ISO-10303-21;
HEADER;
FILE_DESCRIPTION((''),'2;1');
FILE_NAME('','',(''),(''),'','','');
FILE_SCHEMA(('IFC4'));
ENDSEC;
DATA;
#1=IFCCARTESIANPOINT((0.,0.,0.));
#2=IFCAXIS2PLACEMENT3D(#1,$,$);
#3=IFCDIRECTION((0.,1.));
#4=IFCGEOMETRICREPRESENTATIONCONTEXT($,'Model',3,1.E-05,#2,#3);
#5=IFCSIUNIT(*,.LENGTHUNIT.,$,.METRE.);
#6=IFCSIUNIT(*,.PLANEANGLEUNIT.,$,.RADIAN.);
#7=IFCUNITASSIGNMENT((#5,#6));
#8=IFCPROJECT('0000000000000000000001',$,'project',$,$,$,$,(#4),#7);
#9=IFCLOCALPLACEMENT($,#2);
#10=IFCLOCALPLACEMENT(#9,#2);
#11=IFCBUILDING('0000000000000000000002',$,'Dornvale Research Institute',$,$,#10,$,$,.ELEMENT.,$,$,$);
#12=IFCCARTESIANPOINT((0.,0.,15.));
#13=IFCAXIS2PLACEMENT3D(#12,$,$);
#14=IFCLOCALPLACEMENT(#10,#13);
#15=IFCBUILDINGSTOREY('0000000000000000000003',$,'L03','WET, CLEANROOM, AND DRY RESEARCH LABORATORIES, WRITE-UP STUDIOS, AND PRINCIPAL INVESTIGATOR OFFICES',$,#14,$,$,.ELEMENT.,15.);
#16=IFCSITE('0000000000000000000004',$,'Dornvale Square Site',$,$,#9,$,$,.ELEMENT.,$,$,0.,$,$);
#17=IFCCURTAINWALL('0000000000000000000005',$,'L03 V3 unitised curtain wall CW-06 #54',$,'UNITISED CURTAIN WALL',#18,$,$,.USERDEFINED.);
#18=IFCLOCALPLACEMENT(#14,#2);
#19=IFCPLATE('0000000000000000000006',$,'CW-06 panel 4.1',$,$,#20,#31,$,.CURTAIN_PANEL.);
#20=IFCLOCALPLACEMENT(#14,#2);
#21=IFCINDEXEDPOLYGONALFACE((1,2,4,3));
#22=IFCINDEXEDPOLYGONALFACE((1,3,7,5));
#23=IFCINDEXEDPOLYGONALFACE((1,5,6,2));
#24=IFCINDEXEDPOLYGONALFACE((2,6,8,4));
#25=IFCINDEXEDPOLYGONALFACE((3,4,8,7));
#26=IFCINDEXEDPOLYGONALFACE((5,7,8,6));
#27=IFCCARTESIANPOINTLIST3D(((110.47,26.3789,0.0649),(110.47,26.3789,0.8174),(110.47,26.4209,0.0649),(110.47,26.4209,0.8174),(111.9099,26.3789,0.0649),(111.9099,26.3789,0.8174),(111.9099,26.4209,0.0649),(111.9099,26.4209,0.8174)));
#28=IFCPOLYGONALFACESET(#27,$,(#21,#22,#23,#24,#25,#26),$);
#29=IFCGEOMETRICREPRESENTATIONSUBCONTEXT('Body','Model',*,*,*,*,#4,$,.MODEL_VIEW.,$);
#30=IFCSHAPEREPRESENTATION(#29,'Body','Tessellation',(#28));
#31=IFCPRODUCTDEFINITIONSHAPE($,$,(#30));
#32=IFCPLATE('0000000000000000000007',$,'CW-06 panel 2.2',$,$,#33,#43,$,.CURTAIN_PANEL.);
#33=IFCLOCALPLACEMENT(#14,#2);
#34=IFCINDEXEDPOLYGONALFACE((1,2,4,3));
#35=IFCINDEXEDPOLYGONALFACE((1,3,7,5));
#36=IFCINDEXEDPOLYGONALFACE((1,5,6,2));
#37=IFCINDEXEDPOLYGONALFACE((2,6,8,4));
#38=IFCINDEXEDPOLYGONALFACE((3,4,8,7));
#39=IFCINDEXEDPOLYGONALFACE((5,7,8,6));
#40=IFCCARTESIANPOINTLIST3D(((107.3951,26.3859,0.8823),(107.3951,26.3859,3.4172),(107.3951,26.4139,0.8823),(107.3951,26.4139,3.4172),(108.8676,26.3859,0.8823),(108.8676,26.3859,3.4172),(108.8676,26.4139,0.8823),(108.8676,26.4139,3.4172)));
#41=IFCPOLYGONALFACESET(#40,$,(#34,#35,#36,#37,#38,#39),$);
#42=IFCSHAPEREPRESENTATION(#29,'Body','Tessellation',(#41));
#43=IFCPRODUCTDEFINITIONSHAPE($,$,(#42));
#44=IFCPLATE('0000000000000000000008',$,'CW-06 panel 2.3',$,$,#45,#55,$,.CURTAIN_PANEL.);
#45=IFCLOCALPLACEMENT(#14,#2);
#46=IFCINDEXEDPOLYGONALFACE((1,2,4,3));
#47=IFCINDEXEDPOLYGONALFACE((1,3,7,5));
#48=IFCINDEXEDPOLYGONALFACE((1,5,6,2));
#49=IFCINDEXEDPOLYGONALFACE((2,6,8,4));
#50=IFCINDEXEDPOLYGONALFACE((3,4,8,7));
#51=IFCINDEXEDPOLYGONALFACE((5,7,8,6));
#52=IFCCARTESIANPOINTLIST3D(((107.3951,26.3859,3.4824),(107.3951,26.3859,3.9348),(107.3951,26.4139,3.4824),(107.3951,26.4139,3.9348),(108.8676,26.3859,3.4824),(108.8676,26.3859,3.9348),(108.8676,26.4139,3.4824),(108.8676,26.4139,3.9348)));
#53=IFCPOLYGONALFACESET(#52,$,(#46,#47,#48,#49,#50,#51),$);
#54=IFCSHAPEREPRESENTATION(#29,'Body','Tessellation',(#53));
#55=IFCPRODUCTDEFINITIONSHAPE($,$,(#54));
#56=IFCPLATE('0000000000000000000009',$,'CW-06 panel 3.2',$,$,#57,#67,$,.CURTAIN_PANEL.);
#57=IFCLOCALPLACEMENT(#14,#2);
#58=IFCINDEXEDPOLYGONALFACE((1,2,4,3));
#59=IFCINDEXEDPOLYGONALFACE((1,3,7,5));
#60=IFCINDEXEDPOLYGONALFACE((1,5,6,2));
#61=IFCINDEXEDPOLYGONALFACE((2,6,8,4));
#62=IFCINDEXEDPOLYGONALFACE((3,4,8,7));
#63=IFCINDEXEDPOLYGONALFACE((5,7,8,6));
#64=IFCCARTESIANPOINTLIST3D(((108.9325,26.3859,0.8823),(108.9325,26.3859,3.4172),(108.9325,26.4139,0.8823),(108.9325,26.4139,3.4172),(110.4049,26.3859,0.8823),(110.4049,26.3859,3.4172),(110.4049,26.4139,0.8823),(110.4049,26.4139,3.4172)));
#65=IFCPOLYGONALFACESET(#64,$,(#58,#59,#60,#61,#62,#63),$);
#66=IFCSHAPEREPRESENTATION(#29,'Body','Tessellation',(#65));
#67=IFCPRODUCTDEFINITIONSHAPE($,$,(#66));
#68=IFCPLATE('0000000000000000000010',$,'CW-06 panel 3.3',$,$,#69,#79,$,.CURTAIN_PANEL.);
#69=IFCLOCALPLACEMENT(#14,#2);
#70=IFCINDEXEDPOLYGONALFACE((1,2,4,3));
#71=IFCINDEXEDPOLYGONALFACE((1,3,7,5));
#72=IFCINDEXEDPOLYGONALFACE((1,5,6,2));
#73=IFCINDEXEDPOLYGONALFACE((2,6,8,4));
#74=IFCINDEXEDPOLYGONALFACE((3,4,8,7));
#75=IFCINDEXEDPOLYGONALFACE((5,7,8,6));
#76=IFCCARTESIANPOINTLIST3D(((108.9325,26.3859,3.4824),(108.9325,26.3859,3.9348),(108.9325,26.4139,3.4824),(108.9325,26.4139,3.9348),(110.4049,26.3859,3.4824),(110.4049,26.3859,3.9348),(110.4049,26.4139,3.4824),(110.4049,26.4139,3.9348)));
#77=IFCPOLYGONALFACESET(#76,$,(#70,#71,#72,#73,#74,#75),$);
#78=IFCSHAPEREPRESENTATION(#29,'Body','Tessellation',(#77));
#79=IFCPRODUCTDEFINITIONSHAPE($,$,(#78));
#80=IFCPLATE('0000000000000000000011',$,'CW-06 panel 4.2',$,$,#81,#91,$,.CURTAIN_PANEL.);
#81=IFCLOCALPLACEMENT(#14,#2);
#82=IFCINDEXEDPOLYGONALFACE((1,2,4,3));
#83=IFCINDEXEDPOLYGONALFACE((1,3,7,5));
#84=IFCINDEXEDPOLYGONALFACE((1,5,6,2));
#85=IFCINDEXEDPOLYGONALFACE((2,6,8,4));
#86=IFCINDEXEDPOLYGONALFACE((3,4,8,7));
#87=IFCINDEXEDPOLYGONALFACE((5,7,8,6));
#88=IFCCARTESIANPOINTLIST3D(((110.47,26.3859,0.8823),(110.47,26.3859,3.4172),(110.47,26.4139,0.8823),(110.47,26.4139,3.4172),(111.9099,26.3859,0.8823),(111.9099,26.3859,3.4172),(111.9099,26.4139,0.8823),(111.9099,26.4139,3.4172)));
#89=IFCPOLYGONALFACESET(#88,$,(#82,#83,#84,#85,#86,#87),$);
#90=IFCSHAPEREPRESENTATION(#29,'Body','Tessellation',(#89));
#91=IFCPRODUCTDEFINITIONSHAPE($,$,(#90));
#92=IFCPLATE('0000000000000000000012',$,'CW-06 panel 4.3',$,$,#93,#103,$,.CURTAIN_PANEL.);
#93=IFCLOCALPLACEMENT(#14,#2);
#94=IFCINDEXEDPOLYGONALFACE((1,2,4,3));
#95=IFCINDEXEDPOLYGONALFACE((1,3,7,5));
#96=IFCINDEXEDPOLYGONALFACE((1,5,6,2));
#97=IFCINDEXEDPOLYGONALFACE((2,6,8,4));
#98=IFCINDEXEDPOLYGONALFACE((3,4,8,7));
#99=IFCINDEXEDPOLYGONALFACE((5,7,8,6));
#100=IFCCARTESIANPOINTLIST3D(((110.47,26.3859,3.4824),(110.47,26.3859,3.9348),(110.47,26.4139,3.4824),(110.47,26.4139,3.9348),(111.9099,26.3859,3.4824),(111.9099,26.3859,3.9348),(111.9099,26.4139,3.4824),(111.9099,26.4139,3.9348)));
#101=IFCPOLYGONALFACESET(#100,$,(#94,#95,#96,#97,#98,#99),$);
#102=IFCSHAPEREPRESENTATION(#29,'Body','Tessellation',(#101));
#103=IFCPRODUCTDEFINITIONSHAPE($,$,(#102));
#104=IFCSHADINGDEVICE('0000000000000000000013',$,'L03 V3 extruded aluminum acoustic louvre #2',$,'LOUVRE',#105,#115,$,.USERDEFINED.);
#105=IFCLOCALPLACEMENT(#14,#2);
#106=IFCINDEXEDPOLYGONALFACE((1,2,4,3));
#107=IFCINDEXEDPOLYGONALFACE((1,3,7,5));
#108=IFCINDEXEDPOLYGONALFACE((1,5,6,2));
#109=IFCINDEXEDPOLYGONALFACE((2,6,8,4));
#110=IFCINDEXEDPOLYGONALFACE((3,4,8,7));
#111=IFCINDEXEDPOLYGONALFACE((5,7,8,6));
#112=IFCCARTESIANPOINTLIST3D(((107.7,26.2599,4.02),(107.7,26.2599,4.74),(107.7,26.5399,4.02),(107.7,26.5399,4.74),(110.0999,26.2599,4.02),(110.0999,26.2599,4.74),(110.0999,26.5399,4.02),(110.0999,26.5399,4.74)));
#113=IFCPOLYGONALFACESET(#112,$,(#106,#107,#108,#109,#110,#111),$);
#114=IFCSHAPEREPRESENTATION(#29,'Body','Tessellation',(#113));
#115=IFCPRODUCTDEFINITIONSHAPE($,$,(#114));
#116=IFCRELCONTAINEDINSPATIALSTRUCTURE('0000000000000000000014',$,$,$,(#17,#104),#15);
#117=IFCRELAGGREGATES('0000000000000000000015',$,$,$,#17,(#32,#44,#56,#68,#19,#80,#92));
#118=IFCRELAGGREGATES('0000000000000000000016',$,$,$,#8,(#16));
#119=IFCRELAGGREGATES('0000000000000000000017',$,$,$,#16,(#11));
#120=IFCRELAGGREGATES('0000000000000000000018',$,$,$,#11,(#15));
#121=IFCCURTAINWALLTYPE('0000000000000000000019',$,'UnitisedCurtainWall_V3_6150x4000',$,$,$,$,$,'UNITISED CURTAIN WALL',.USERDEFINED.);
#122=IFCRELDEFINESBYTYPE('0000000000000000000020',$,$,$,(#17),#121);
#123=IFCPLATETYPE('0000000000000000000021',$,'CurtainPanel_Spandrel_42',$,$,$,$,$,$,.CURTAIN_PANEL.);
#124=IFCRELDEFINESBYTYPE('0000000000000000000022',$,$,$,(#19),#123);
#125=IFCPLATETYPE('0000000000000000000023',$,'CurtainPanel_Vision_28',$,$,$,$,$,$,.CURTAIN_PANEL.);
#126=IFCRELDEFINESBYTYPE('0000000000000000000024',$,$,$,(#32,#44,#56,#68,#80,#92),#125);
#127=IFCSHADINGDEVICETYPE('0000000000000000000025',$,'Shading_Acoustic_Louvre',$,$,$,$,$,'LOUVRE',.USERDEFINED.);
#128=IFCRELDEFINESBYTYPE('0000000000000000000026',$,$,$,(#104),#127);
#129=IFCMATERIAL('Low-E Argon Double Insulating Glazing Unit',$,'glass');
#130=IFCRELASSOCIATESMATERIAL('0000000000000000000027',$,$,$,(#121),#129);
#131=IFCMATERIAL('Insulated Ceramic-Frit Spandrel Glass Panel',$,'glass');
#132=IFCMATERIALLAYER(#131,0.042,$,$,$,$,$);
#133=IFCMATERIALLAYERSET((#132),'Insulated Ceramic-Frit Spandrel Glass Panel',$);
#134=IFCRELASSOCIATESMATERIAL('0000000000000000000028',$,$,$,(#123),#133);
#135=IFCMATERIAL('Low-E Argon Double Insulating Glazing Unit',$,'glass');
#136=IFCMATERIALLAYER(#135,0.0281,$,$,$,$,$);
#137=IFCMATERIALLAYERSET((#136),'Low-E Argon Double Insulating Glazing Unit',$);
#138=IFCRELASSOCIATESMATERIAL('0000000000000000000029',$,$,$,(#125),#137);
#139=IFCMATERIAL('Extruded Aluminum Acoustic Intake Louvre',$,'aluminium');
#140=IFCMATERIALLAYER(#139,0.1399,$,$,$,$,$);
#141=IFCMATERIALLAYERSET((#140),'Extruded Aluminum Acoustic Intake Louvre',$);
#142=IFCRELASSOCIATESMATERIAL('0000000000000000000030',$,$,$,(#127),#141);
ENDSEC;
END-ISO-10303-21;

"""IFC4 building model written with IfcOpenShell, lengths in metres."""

from ifc_helpers import new_model, si_unit, direction, frame, origin, origin_2d, place, context, subcontext, project, spatial, rectangle, extrude, material, layer, layer_set, type_object, element, aggregate, save


model = new_model("IFC4")

# Units and contexts
model_context = context("Model", 3, precision=1e-05, world=origin(), true_north=direction((0.0, 1.0)))
body_context = subcontext(model_context, "Body", "Model", "MODEL_VIEW")
ifc_project = project(units=[si_unit("LENGTHUNIT", "METRE"), si_unit("PLANEANGLEUNIT", "RADIAN")], contexts=[model_context])

# Site, building, storey
site_placement = place(None, origin())
site = spatial("IfcSite", under=ifc_project, at=site_placement, Name="Dornvale Square Site", CompositionType="ELEMENT", RefElevation=0.0)
building_placement = place(site_placement, origin())
building = spatial("IfcBuilding", under=site, at=building_placement, Name="Dornvale Research Institute", CompositionType="ELEMENT")
storey_placement = place(building_placement, frame((0.0, 0.0, 15.0)))
storey = spatial("IfcBuildingStorey", under=building, at=storey_placement, Name="L03", Description="WET, CLEANROOM, AND DRY RESEARCH LABORATORIES, WRITE-UP STUDIOS, AND PRINCIPAL INVESTIGATOR OFFICES", CompositionType="ELEMENT", Elevation=15.0)

# Curtain wall, plates
ifc_material_1 = material(Name="Low-E Argon Double Insulating Glazing Unit", Category="glass")
curtain_wall_type = type_object("IfcCurtainWallType", Name="UnitisedCurtainWall_V3_6150x4000", ElementType="UNITISED CURTAIN WALL", PredefinedType="USERDEFINED", material=ifc_material_1)
curtain_wall_placement = place(storey_placement, origin())
curtain_wall = element("IfcCurtainWall", 1, at=curtain_wall_placement, inside=storey, type_object=curtain_wall_type, Name="L03 V3 unitised curtain wall CW-06 #54", ObjectType="UNITISED CURTAIN WALL", PredefinedType="USERDEFINED")
ifc_material_2 = material(Name="Insulated Ceramic-Frit Spandrel Glass Panel", Category="glass")
ifc_layer_1 = layer(ifc_material_2, 0.042)
ifc_layer_set_1 = layer_set([ifc_layer_1], Name="Insulated Ceramic-Frit Spandrel Glass Panel")
plate_type_1 = type_object("IfcPlateType", Name="CurtainPanel_Spandrel_42", PredefinedType="CURTAIN_PANEL", material=ifc_layer_set_1)
plate_1_placement = place(storey_placement, frame((111.1899, 26.3999, 0.0649), z_axis=(0.0, 0.0, 1.0), x_axis=(1.0, 0.0, 0.0)))
plate_1 = element("IfcPlate", 2, at=plate_1_placement, type_object=plate_type_1, Name="CW-06 panel 4.1", PredefinedType="CURTAIN_PANEL", context=body_context, shape_type="SweptSolid", body=[
    extrude(rectangle(XDim=1.4399, YDim=0.042, at=origin_2d()), origin(), (0.0, 0.0, 1.0), 0.7524),
])
ifc_material_3 = material(Name="Low-E Argon Double Insulating Glazing Unit", Category="glass")
ifc_layer_2 = layer(ifc_material_3, 0.0281)
ifc_layer_set_2 = layer_set([ifc_layer_2], Name="Low-E Argon Double Insulating Glazing Unit")
plate_type_2 = type_object("IfcPlateType", Name="CurtainPanel_Vision_28", PredefinedType="CURTAIN_PANEL", material=ifc_layer_set_2)
plate_2_placement = place(storey_placement, frame((108.1313, 26.3999, 0.8823), z_axis=(0.0, 0.0, 1.0), x_axis=(1.0, 0.0, 0.0)))
plate_2 = element("IfcPlate", 3, at=plate_2_placement, type_object=plate_type_2, Name="CW-06 panel 2.2", PredefinedType="CURTAIN_PANEL", context=body_context, shape_type="SweptSolid", body=[
    extrude(rectangle(XDim=1.4724, YDim=0.0281, at=origin_2d()), origin(), (0.0, 0.0, 1.0), 2.5349),
])
plate_3_placement = place(storey_placement, frame((108.1313, 26.3999, 3.4824), z_axis=(0.0, 0.0, 1.0), x_axis=(1.0, 0.0, 0.0)))
plate_3 = element("IfcPlate", 4, at=plate_3_placement, type_object=plate_type_2, Name="CW-06 panel 2.3", PredefinedType="CURTAIN_PANEL", context=body_context, shape_type="SweptSolid", body=[
    extrude(rectangle(XDim=1.4724, YDim=0.0281, at=origin_2d()), origin(), (0.0, 0.0, 1.0), 0.4524),
])
plate_4_placement = place(storey_placement, frame((109.6687, 26.3999, 0.8823), z_axis=(0.0, 0.0, 1.0), x_axis=(1.0, 0.0, 0.0)))
plate_4 = element("IfcPlate", 5, at=plate_4_placement, type_object=plate_type_2, Name="CW-06 panel 3.2", PredefinedType="CURTAIN_PANEL", context=body_context, shape_type="SweptSolid", body=[
    extrude(rectangle(XDim=1.4724, YDim=0.0281, at=origin_2d()), origin(), (0.0, 0.0, 1.0), 2.5349),
])
plate_5_placement = place(storey_placement, frame((109.6687, 26.3999, 3.4824), z_axis=(0.0, 0.0, 1.0), x_axis=(1.0, 0.0, 0.0)))
plate_5 = element("IfcPlate", 6, at=plate_5_placement, type_object=plate_type_2, Name="CW-06 panel 3.3", PredefinedType="CURTAIN_PANEL", context=body_context, shape_type="SweptSolid", body=[
    extrude(rectangle(XDim=1.4724, YDim=0.0281, at=origin_2d()), origin(), (0.0, 0.0, 1.0), 0.4524),
])
plate_6_placement = place(storey_placement, frame((111.1899, 26.3999, 0.8823), z_axis=(0.0, 0.0, 1.0), x_axis=(1.0, 0.0, 0.0)))
plate_6 = element("IfcPlate", 7, at=plate_6_placement, type_object=plate_type_2, Name="CW-06 panel 4.2", PredefinedType="CURTAIN_PANEL", context=body_context, shape_type="SweptSolid", body=[
    extrude(rectangle(XDim=1.4399, YDim=0.0281, at=origin_2d()), origin(), (0.0, 0.0, 1.0), 2.5349),
])
plate_7_placement = place(storey_placement, frame((111.1899, 26.3999, 3.4824), z_axis=(0.0, 0.0, 1.0), x_axis=(1.0, 0.0, 0.0)))
plate_7 = element("IfcPlate", 8, at=plate_7_placement, type_object=plate_type_2, Name="CW-06 panel 4.3", PredefinedType="CURTAIN_PANEL", context=body_context, shape_type="SweptSolid", body=[
    extrude(rectangle(XDim=1.4399, YDim=0.0281, at=origin_2d()), origin(), (0.0, 0.0, 1.0), 0.4524),
])
aggregate(curtain_wall, [plate_2, plate_3, plate_4, plate_5, plate_1, plate_6, plate_7])

# Shading device
ifc_material_4 = material(Name="Extruded Aluminum Acoustic Intake Louvre", Category="aluminium")
ifc_layer_3 = layer(ifc_material_4, 0.1399)
ifc_layer_set_3 = layer_set([ifc_layer_3], Name="Extruded Aluminum Acoustic Intake Louvre")
shading_device_type = type_object("IfcShadingDeviceType", Name="Shading_Acoustic_Louvre", ElementType="LOUVRE", PredefinedType="USERDEFINED", material=ifc_layer_set_3)
shading_device_placement = place(storey_placement, frame((108.8999, 26.3999, 4.02), z_axis=(0.0, 0.0, 1.0), x_axis=(1.0, 0.0, 0.0)))
element("IfcShadingDevice", 9, at=shading_device_placement, inside=storey, type_object=shading_device_type, Name="L03 V3 extruded aluminum acoustic louvre #2", ObjectType="LOUVRE", PredefinedType="USERDEFINED", context=body_context, shape_type="SweptSolid", body=[
    extrude(rectangle(XDim=2.3999, YDim=0.28, at=origin_2d()), origin(), (0.0, 0.0, 1.0), 0.72),
])

save(model, "model.ifc")
